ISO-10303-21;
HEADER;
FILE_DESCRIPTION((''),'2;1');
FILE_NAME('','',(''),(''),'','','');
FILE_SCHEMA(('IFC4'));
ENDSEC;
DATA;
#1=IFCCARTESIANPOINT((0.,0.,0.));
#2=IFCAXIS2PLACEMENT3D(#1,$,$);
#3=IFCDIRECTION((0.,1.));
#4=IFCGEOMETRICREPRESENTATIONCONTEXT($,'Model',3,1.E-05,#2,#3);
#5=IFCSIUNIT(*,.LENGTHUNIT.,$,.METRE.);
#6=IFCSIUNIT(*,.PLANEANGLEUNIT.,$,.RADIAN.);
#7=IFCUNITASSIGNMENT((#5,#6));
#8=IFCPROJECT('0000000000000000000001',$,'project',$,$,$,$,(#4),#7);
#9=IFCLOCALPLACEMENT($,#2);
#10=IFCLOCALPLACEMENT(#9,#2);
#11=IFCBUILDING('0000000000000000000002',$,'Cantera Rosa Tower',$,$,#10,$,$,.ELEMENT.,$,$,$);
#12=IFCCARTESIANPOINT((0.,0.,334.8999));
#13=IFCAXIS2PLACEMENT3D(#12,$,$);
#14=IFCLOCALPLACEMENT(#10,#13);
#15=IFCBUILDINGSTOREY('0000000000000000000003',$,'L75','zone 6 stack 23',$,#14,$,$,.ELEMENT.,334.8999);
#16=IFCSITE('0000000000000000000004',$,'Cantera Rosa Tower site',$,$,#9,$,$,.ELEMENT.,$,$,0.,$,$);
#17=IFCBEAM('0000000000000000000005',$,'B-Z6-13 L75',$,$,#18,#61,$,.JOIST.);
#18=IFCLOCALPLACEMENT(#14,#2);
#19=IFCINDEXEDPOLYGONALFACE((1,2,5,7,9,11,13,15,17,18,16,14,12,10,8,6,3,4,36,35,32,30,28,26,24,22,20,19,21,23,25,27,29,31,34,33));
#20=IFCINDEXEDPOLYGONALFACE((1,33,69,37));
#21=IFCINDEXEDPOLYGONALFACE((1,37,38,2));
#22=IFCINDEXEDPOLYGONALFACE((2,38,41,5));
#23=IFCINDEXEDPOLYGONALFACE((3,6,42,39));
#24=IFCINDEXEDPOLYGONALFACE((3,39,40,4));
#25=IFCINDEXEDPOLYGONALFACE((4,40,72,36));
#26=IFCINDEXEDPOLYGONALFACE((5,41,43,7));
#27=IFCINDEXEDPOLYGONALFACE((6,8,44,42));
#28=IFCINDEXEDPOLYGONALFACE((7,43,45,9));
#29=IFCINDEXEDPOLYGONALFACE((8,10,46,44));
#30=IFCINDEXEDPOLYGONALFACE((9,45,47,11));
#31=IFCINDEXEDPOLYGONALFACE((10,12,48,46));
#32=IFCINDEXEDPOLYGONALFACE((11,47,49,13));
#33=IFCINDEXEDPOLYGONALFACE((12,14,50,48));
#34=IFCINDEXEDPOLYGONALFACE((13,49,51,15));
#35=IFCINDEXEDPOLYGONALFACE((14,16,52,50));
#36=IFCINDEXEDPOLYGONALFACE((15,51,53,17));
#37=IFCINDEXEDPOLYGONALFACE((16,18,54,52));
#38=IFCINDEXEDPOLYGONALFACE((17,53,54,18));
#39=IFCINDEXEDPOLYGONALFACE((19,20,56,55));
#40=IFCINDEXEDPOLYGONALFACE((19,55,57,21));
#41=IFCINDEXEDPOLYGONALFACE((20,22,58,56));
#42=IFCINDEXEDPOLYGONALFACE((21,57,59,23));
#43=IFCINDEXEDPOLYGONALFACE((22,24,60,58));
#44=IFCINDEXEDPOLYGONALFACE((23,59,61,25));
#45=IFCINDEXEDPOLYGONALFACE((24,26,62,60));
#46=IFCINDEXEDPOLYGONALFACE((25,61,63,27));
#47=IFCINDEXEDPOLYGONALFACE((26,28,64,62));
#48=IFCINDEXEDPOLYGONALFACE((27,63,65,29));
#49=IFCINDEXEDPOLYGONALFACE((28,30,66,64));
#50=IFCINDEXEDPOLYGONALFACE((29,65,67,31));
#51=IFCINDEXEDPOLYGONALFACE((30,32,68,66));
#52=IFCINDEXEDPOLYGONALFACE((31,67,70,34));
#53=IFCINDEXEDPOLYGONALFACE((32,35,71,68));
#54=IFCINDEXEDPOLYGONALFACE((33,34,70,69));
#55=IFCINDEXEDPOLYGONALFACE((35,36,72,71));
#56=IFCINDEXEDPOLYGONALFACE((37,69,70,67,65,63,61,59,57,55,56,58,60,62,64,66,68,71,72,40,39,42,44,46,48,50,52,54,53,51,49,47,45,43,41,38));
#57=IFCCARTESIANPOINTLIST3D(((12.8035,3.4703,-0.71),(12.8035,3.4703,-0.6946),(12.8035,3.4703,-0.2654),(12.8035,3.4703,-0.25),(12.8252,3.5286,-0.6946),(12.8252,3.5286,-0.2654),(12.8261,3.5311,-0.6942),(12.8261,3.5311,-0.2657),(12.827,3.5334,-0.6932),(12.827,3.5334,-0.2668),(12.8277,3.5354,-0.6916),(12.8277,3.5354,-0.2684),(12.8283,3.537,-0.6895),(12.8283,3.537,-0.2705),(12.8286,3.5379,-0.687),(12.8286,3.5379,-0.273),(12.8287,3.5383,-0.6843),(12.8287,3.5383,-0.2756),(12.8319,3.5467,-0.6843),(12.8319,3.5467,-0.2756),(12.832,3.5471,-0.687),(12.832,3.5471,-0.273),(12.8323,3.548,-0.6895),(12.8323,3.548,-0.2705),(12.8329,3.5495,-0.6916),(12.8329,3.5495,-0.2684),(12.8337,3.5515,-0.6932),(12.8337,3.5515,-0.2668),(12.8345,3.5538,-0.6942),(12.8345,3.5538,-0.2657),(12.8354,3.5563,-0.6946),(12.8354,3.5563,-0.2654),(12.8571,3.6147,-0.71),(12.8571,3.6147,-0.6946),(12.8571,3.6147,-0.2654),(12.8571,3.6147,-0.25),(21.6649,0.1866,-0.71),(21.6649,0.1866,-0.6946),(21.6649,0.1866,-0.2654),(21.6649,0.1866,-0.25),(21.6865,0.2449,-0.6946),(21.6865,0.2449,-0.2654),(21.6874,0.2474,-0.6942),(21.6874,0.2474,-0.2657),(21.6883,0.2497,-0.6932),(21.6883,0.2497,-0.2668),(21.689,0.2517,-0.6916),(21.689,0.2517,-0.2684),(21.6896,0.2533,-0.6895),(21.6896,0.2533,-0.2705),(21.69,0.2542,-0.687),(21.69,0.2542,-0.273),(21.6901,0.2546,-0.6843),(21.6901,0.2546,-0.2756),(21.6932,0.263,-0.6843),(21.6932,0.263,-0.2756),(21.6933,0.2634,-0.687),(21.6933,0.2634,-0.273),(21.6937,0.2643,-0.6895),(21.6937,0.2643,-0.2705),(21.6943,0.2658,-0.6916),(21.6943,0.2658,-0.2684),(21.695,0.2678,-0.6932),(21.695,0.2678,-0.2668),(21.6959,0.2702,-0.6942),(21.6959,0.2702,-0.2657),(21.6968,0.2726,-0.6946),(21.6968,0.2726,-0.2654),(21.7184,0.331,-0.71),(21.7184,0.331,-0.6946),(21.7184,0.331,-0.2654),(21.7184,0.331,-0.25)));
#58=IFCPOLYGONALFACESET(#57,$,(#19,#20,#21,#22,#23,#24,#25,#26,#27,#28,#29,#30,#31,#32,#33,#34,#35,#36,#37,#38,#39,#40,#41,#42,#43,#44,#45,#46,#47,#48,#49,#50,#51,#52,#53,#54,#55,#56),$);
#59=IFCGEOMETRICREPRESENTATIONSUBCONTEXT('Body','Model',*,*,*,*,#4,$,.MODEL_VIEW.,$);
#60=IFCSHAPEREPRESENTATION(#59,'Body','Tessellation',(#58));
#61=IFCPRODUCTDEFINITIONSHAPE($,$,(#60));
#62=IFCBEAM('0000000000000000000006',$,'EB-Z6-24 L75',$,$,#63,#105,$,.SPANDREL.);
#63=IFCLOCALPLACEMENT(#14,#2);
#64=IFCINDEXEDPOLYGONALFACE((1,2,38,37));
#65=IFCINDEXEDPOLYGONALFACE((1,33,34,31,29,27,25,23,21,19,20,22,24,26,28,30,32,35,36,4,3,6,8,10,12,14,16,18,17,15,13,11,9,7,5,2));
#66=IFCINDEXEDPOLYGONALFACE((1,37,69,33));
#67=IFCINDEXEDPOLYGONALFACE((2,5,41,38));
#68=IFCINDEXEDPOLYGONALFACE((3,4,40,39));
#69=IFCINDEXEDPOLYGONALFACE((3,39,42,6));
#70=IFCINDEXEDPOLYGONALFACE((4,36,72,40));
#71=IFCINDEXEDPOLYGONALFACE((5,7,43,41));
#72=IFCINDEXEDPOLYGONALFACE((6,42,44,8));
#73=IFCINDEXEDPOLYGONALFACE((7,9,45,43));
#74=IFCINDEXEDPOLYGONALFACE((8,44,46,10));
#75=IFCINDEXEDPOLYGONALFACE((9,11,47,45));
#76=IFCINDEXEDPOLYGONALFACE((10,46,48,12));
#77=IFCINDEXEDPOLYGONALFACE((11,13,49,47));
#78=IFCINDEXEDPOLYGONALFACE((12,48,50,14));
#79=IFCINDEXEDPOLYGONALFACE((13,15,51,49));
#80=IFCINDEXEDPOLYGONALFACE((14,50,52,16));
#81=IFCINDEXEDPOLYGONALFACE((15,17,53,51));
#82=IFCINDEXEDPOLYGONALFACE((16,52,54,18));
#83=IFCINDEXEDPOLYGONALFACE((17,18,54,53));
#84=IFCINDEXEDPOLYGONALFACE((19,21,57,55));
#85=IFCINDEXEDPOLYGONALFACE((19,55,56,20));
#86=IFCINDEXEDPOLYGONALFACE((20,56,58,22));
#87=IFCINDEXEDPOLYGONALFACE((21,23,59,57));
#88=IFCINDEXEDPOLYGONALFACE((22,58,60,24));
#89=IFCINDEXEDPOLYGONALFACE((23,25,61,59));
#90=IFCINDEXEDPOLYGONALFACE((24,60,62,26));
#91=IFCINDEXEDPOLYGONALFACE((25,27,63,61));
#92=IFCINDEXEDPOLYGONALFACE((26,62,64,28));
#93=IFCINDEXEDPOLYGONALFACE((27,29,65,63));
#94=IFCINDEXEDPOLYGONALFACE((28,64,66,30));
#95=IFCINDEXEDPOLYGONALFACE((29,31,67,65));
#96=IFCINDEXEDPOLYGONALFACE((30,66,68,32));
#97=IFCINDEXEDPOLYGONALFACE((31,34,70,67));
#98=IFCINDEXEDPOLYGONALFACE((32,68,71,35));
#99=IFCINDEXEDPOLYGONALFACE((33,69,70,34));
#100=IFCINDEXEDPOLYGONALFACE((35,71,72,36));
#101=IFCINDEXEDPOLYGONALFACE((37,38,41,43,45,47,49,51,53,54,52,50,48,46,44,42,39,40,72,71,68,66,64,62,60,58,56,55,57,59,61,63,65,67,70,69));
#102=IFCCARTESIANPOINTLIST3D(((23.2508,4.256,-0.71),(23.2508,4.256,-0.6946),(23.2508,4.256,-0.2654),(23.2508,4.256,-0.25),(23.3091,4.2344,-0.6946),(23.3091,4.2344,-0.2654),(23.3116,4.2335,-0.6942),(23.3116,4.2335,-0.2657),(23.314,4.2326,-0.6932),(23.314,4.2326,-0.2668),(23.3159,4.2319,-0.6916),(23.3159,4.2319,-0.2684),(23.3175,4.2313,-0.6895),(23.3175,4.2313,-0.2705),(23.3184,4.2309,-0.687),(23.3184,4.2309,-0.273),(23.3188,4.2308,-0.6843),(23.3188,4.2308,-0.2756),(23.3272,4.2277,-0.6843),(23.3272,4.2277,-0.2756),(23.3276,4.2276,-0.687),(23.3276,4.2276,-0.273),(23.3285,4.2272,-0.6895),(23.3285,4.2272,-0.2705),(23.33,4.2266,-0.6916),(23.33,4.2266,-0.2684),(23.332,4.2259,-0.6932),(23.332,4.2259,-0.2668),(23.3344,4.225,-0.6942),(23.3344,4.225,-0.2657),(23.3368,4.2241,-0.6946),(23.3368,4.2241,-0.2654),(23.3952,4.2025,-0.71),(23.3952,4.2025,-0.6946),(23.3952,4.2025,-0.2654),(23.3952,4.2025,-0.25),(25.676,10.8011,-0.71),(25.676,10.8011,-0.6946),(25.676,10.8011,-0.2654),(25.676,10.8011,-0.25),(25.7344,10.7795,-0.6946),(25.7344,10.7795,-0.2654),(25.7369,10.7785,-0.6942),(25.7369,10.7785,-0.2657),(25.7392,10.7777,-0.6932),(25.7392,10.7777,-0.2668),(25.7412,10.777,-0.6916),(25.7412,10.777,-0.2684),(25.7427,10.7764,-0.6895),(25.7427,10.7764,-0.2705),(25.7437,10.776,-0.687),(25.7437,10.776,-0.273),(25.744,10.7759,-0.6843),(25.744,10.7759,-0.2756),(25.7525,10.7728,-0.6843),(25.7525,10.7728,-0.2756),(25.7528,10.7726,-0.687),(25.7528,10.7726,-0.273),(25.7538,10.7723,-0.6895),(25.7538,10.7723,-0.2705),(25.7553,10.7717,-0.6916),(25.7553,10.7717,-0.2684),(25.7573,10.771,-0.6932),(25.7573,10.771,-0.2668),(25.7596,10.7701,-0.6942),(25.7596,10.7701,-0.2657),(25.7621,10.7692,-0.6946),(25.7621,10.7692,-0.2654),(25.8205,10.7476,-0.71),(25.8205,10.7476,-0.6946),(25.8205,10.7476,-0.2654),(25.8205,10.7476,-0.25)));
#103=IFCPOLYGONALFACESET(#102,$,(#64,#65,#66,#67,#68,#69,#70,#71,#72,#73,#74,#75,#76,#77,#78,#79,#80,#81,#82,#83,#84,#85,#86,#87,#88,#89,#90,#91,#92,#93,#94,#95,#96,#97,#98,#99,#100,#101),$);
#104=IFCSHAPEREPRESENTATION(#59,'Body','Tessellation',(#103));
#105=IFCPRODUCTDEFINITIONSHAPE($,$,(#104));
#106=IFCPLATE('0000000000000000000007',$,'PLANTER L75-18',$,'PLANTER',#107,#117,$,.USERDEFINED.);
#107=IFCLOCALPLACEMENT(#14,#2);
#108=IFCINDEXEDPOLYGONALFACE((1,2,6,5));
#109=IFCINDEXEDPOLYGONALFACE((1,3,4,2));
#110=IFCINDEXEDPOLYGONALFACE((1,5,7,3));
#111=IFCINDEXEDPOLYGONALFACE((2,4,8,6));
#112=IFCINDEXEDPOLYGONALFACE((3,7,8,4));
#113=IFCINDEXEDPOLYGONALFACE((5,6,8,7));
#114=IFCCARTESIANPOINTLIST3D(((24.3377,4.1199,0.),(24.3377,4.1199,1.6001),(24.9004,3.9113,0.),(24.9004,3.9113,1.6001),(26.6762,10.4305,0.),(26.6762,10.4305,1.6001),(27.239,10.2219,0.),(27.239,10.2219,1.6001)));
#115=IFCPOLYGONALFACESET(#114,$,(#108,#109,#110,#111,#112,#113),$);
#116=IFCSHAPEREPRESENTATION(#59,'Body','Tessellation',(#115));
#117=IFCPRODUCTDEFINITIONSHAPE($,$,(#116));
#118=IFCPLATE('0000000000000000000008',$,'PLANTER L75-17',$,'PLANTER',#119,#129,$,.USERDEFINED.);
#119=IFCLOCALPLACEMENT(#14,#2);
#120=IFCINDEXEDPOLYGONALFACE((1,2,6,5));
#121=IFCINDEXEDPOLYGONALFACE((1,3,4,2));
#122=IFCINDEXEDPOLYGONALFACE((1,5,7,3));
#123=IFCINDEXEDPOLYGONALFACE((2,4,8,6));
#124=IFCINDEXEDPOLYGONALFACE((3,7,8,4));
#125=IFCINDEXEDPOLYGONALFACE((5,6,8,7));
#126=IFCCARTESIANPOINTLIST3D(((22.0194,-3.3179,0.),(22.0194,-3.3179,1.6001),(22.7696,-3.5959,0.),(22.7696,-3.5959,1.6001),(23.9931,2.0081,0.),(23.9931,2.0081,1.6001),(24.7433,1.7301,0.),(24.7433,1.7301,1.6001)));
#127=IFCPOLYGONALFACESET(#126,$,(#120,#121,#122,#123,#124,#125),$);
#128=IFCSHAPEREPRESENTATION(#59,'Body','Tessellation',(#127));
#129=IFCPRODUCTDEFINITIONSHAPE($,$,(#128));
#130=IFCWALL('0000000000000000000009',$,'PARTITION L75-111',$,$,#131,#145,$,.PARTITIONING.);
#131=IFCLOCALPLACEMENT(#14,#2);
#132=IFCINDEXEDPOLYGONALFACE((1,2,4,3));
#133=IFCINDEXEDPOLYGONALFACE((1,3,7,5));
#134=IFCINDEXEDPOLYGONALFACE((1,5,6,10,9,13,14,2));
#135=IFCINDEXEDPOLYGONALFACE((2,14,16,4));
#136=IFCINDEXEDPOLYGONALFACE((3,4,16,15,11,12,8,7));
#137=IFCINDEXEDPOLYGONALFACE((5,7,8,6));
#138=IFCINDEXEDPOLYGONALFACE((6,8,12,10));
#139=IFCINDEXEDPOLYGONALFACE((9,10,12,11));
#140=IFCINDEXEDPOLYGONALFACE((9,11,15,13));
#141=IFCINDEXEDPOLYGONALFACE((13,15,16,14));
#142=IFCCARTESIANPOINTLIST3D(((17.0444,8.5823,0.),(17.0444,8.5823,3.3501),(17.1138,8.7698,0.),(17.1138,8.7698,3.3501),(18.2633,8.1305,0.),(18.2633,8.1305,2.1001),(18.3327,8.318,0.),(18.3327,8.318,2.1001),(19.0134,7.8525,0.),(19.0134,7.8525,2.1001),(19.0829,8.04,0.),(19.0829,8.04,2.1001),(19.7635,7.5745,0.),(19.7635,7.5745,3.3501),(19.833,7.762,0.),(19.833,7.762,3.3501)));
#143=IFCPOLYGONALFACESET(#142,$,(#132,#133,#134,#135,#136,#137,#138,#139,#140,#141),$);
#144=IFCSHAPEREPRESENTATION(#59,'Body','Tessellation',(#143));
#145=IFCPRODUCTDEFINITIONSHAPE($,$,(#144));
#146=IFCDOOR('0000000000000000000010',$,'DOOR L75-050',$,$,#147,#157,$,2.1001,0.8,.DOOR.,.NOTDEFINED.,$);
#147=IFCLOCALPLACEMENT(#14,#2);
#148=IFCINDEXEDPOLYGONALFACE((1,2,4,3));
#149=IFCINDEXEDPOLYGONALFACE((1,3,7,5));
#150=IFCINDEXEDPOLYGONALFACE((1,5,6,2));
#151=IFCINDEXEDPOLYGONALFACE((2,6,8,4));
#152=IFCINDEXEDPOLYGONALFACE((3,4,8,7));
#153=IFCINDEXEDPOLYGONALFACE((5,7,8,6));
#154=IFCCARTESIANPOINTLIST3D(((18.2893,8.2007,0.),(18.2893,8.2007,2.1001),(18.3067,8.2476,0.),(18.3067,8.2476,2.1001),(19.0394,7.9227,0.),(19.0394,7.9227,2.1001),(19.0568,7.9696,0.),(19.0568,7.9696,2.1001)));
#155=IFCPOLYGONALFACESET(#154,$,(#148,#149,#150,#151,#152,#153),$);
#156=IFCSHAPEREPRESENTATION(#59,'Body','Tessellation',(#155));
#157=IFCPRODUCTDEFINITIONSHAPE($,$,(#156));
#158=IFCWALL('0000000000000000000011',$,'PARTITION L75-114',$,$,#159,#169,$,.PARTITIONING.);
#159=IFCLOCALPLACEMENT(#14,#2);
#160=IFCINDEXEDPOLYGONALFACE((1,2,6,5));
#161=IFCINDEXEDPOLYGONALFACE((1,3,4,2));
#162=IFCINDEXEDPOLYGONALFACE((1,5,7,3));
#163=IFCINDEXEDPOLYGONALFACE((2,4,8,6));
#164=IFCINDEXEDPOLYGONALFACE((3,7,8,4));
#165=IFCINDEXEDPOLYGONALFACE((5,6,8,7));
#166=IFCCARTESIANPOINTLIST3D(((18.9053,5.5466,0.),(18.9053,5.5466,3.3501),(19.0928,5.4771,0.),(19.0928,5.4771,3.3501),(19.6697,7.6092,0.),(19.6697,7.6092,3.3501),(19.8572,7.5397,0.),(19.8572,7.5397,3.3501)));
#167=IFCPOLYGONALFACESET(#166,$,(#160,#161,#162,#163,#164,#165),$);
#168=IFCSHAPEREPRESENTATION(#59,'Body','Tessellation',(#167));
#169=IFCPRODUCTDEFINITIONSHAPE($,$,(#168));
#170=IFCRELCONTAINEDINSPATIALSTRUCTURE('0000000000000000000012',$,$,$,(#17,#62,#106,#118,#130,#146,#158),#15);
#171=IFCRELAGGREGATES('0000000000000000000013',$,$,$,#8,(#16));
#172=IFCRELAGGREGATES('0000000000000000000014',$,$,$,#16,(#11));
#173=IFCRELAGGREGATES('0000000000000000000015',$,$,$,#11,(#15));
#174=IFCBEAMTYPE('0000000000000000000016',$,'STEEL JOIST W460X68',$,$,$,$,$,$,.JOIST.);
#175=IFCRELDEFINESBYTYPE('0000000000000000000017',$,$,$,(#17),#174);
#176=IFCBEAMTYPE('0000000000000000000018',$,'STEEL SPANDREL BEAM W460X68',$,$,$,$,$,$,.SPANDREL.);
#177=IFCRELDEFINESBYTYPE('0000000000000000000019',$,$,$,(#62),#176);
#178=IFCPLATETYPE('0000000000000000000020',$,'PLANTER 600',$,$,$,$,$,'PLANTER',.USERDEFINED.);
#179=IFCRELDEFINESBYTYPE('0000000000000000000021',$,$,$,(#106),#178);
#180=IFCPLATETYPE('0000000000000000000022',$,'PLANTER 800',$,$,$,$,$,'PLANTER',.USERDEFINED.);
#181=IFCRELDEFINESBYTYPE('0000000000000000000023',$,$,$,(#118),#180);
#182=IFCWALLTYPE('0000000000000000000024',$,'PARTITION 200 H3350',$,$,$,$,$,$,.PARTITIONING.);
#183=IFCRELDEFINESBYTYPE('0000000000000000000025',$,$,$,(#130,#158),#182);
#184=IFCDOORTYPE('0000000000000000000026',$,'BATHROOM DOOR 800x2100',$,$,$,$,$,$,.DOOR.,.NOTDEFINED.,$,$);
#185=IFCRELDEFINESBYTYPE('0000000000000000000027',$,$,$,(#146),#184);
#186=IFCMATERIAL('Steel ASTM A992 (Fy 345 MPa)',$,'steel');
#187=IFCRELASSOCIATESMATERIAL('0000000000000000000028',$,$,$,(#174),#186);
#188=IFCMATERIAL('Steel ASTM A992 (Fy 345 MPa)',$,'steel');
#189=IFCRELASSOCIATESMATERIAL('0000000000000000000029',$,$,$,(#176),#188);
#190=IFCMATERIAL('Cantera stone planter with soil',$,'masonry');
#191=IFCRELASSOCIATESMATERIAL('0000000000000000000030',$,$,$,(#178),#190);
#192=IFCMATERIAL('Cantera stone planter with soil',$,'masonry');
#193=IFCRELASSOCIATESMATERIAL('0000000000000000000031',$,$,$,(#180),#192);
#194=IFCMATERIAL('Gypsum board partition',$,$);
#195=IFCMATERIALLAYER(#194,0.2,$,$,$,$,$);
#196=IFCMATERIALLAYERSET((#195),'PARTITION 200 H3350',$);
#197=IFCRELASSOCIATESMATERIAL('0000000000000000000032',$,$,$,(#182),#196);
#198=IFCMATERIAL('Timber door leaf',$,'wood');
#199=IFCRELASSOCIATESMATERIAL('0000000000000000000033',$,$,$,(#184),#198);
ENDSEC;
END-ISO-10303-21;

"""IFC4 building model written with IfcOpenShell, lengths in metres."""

from ifc_helpers import new_model, si_unit, direction, frame, frame_2d, origin, origin_2d, place, context, subcontext, project, spatial, rectangle, i_section, extrude, material, layer, layer_set, material_profile, profile_set, type_object, element, fill, save


model = new_model("IFC4")

# Units and contexts
model_context = context("Model", 3, precision=1e-05, world=origin(), true_north=direction((0.0, 1.0)))
body_context = subcontext(model_context, "Body", "Model", "MODEL_VIEW")
ifc_project = project(units=[si_unit("LENGTHUNIT", "METRE"), si_unit("PLANEANGLEUNIT", "RADIAN")], contexts=[model_context])

# Site, building, storey
site_placement = place(None, origin())
site = spatial("IfcSite", under=ifc_project, at=site_placement, Name="Cantera Rosa Tower site", CompositionType="ELEMENT", RefElevation=0.0)
building_placement = place(site_placement, origin())
building = spatial("IfcBuilding", under=site, at=building_placement, Name="Cantera Rosa Tower", CompositionType="ELEMENT")
storey_placement = place(building_placement, frame((0.0, 0.0, 334.8999)))
storey = spatial("IfcBuildingStorey", under=building, at=storey_placement, Name="L75", Description="zone 6 stack 23", CompositionType="ELEMENT", Elevation=334.8999)

# Beams
ifc_material_1 = material(Name="Steel ASTM A992 (Fy 345 MPa)", Category="steel")
ifc_material_profile_1 = material_profile(ifc_material_1, i_section(OverallWidth=0.1541, OverallDepth=0.46, WebThickness=0.009, FlangeThickness=0.0154, FilletRadius=0.0103, at=origin_2d()), Name="W460X68")
ifc_profile_set_1 = profile_set([ifc_material_profile_1], Name="Steel ASTM A992 (Fy 345 MPa)")
beam_type_1 = type_object("IfcBeamType", Name="STEEL JOIST W460X68", PredefinedType="JOIST", material=ifc_profile_set_1)
beam_1_placement = place(storey_placement, frame((21.6917, 0.2588, -0.48), z_axis=(-0.93769, 0.347474, 0.0), x_axis=(-0.347474, -0.93769, 0.0)))
element("IfcBeam", 1, at=beam_1_placement, inside=storey, type_object=beam_type_1, Name="B-Z6-13 L75", PredefinedType="JOIST", context=body_context, shape_type="SweptSolid", body=[
    extrude(i_section(OverallWidth=0.1541, OverallDepth=0.46, WebThickness=0.009, FlangeThickness=0.0154, FilletRadius=0.0103, at=origin_2d()), origin(), (0.0, 0.0, 1.0), 9.4502),
])
ifc_material_2 = material(Name="Steel ASTM A992 (Fy 345 MPa)", Category="steel")
ifc_material_profile_2 = material_profile(ifc_material_2, i_section(OverallWidth=0.1541, OverallDepth=0.46, WebThickness=0.009, FlangeThickness=0.0154, FilletRadius=0.0103, at=origin_2d()), Name="W460X68")
ifc_profile_set_2 = profile_set([ifc_material_profile_2], Name="Steel ASTM A992 (Fy 345 MPa)")
beam_type_2 = type_object("IfcBeamType", Name="STEEL SPANDREL BEAM W460X68", PredefinedType="SPANDREL", material=ifc_profile_set_2)
beam_2_placement = place(storey_placement, frame((23.323, 4.2292, -0.48), z_axis=(0.34746, 0.937695, 0.0), x_axis=(-0.937695, 0.34746, 0.0)))
element("IfcBeam", 2, at=beam_2_placement, inside=storey, type_object=beam_type_2, Name="EB-Z6-24 L75", PredefinedType="SPANDREL", context=body_context, shape_type="SweptSolid", body=[
    extrude(i_section(OverallWidth=0.1541, OverallDepth=0.46, WebThickness=0.009, FlangeThickness=0.0154, FilletRadius=0.0103, at=origin_2d()), origin(), (0.0, 0.0, 1.0), 6.98),
])

# Plates
ifc_material_3 = material(Name="Cantera stone planter with soil", Category="masonry")
plate_type_1 = type_object("IfcPlateType", Name="PLANTER 600", ElementType="PLANTER", PredefinedType="USERDEFINED", material=ifc_material_3)
plate_1_placement = place(storey_placement, frame((25.7883, 7.1709, 0.0), z_axis=(0.0, 0.0, 1.0), x_axis=(0.347481, 0.937687, 0.0)))
element("IfcPlate", 3, at=plate_1_placement, inside=storey, type_object=plate_type_1, Name="PLANTER L75-18", ObjectType="PLANTER", PredefinedType="USERDEFINED", context=body_context, shape_type="SweptSolid", body=[
    extrude(rectangle(XDim=6.73, YDim=0.6001, at=origin_2d()), origin(), (0.0, 0.0, 1.0), 1.6001),
])
ifc_material_4 = material(Name="Cantera stone planter with soil", Category="masonry")
plate_type_2 = type_object("IfcPlateType", Name="PLANTER 800", ElementType="PLANTER", PredefinedType="USERDEFINED", material=ifc_material_4)
plate_2_placement = place(storey_placement, frame((23.3813, -0.7939, 0.0), z_axis=(0.0, 0.0, 1.0), x_axis=(0.347481, 0.937687, 0.0)))
element("IfcPlate", 4, at=plate_2_placement, inside=storey, type_object=plate_type_2, Name="PLANTER L75-17", ObjectType="PLANTER", PredefinedType="USERDEFINED", context=body_context, shape_type="SweptSolid", body=[
    extrude(rectangle(XDim=5.6799, YDim=0.8, at=origin_2d()), origin(), (0.0, 0.0, 1.0), 1.6001),
])

# Wall, opening, door
ifc_material_5 = material(Name="Gypsum board partition")
ifc_layer_1 = layer(ifc_material_5, 0.2)
ifc_layer_set_1 = layer_set([ifc_layer_1], Name="PARTITION 200 H3350")
wall_type_1 = type_object("IfcWallType", Name="PARTITION 200 H3350", PredefinedType="PARTITIONING", material=ifc_layer_set_1)
wall_1_placement = place(storey_placement, frame((17.0791, 8.676, 0.0), z_axis=(0.0, 0.0, 1.0), x_axis=(0.937672, -0.347523, 0.0)))
wall_1 = element("IfcWall", 5, at=wall_1_placement, inside=storey, type_object=wall_type_1, Name="PARTITION L75-111", PredefinedType="PARTITIONING", context=body_context, shape_type="SweptSolid", body=[
    extrude(rectangle(XDim=2.8999, YDim=0.2, at=frame_2d((1.45, 0.0))), origin(), (0.0, 0.0, 1.0), 3.3501),
])
opening_1_placement = place(wall_1_placement, frame((1.3, 0.0, 0.0)))
opening_1 = element("IfcOpeningElement", 6, at=opening_1_placement, cuts=wall_1, PredefinedType="OPENING", context=body_context, shape_type="SweptSolid", body=[
    extrude(rectangle(XDim=0.8, YDim=2.1001, at=frame_2d((0.3999, 1.05))), frame((0.0, 0.1099, 0.0), z_axis=(0.0, -1.0, 0.0), x_axis=(1.0, 0.0, 0.0)), (0.0, 0.0, 1.0), 0.22),
])
ifc_material_6 = material(Name="Timber door leaf", Category="wood")
door_type_1 = type_object("IfcDoorType", Name="BATHROOM DOOR 800x2100", OperationType="NOTDEFINED", PredefinedType="DOOR", material=ifc_material_6)
door_1_placement = place(opening_1_placement, origin())
door_1 = element("IfcDoor", 7, at=door_1_placement, inside=storey, type_object=door_type_1, Name="DOOR L75-050", OperationType="NOTDEFINED", OverallHeight=2.1001, OverallWidth=0.8, PredefinedType="DOOR", context=body_context, shape_type="SweptSolid", body=[
    extrude(rectangle(XDim=0.8, YDim=2.1001, at=frame_2d((0.3999, 1.05))), frame((0.0, 0.0249, 0.0), z_axis=(0.0, -1.0, 0.0), x_axis=(1.0, 0.0, 0.0)), (0.0, 0.0, 1.0), 0.05),
])
fill(opening_1, door_1)

# Wall
wall_2_placement = place(storey_placement, frame((19.7634, 7.5745, 0.0), z_axis=(0.0, 0.0, 1.0), x_axis=(-0.347484, -0.937686, 0.0)))
element("IfcWall", 8, at=wall_2_placement, inside=storey, type_object=wall_type_1, Name="PARTITION L75-114", PredefinedType="PARTITIONING", context=body_context, shape_type="SweptSolid", body=[
    extrude(rectangle(XDim=2.1997, YDim=0.2, at=frame_2d((1.0999, 0.0))), origin(), (0.0, 0.0, 1.0), 3.3501),
])

save(model, "model.ifc")
